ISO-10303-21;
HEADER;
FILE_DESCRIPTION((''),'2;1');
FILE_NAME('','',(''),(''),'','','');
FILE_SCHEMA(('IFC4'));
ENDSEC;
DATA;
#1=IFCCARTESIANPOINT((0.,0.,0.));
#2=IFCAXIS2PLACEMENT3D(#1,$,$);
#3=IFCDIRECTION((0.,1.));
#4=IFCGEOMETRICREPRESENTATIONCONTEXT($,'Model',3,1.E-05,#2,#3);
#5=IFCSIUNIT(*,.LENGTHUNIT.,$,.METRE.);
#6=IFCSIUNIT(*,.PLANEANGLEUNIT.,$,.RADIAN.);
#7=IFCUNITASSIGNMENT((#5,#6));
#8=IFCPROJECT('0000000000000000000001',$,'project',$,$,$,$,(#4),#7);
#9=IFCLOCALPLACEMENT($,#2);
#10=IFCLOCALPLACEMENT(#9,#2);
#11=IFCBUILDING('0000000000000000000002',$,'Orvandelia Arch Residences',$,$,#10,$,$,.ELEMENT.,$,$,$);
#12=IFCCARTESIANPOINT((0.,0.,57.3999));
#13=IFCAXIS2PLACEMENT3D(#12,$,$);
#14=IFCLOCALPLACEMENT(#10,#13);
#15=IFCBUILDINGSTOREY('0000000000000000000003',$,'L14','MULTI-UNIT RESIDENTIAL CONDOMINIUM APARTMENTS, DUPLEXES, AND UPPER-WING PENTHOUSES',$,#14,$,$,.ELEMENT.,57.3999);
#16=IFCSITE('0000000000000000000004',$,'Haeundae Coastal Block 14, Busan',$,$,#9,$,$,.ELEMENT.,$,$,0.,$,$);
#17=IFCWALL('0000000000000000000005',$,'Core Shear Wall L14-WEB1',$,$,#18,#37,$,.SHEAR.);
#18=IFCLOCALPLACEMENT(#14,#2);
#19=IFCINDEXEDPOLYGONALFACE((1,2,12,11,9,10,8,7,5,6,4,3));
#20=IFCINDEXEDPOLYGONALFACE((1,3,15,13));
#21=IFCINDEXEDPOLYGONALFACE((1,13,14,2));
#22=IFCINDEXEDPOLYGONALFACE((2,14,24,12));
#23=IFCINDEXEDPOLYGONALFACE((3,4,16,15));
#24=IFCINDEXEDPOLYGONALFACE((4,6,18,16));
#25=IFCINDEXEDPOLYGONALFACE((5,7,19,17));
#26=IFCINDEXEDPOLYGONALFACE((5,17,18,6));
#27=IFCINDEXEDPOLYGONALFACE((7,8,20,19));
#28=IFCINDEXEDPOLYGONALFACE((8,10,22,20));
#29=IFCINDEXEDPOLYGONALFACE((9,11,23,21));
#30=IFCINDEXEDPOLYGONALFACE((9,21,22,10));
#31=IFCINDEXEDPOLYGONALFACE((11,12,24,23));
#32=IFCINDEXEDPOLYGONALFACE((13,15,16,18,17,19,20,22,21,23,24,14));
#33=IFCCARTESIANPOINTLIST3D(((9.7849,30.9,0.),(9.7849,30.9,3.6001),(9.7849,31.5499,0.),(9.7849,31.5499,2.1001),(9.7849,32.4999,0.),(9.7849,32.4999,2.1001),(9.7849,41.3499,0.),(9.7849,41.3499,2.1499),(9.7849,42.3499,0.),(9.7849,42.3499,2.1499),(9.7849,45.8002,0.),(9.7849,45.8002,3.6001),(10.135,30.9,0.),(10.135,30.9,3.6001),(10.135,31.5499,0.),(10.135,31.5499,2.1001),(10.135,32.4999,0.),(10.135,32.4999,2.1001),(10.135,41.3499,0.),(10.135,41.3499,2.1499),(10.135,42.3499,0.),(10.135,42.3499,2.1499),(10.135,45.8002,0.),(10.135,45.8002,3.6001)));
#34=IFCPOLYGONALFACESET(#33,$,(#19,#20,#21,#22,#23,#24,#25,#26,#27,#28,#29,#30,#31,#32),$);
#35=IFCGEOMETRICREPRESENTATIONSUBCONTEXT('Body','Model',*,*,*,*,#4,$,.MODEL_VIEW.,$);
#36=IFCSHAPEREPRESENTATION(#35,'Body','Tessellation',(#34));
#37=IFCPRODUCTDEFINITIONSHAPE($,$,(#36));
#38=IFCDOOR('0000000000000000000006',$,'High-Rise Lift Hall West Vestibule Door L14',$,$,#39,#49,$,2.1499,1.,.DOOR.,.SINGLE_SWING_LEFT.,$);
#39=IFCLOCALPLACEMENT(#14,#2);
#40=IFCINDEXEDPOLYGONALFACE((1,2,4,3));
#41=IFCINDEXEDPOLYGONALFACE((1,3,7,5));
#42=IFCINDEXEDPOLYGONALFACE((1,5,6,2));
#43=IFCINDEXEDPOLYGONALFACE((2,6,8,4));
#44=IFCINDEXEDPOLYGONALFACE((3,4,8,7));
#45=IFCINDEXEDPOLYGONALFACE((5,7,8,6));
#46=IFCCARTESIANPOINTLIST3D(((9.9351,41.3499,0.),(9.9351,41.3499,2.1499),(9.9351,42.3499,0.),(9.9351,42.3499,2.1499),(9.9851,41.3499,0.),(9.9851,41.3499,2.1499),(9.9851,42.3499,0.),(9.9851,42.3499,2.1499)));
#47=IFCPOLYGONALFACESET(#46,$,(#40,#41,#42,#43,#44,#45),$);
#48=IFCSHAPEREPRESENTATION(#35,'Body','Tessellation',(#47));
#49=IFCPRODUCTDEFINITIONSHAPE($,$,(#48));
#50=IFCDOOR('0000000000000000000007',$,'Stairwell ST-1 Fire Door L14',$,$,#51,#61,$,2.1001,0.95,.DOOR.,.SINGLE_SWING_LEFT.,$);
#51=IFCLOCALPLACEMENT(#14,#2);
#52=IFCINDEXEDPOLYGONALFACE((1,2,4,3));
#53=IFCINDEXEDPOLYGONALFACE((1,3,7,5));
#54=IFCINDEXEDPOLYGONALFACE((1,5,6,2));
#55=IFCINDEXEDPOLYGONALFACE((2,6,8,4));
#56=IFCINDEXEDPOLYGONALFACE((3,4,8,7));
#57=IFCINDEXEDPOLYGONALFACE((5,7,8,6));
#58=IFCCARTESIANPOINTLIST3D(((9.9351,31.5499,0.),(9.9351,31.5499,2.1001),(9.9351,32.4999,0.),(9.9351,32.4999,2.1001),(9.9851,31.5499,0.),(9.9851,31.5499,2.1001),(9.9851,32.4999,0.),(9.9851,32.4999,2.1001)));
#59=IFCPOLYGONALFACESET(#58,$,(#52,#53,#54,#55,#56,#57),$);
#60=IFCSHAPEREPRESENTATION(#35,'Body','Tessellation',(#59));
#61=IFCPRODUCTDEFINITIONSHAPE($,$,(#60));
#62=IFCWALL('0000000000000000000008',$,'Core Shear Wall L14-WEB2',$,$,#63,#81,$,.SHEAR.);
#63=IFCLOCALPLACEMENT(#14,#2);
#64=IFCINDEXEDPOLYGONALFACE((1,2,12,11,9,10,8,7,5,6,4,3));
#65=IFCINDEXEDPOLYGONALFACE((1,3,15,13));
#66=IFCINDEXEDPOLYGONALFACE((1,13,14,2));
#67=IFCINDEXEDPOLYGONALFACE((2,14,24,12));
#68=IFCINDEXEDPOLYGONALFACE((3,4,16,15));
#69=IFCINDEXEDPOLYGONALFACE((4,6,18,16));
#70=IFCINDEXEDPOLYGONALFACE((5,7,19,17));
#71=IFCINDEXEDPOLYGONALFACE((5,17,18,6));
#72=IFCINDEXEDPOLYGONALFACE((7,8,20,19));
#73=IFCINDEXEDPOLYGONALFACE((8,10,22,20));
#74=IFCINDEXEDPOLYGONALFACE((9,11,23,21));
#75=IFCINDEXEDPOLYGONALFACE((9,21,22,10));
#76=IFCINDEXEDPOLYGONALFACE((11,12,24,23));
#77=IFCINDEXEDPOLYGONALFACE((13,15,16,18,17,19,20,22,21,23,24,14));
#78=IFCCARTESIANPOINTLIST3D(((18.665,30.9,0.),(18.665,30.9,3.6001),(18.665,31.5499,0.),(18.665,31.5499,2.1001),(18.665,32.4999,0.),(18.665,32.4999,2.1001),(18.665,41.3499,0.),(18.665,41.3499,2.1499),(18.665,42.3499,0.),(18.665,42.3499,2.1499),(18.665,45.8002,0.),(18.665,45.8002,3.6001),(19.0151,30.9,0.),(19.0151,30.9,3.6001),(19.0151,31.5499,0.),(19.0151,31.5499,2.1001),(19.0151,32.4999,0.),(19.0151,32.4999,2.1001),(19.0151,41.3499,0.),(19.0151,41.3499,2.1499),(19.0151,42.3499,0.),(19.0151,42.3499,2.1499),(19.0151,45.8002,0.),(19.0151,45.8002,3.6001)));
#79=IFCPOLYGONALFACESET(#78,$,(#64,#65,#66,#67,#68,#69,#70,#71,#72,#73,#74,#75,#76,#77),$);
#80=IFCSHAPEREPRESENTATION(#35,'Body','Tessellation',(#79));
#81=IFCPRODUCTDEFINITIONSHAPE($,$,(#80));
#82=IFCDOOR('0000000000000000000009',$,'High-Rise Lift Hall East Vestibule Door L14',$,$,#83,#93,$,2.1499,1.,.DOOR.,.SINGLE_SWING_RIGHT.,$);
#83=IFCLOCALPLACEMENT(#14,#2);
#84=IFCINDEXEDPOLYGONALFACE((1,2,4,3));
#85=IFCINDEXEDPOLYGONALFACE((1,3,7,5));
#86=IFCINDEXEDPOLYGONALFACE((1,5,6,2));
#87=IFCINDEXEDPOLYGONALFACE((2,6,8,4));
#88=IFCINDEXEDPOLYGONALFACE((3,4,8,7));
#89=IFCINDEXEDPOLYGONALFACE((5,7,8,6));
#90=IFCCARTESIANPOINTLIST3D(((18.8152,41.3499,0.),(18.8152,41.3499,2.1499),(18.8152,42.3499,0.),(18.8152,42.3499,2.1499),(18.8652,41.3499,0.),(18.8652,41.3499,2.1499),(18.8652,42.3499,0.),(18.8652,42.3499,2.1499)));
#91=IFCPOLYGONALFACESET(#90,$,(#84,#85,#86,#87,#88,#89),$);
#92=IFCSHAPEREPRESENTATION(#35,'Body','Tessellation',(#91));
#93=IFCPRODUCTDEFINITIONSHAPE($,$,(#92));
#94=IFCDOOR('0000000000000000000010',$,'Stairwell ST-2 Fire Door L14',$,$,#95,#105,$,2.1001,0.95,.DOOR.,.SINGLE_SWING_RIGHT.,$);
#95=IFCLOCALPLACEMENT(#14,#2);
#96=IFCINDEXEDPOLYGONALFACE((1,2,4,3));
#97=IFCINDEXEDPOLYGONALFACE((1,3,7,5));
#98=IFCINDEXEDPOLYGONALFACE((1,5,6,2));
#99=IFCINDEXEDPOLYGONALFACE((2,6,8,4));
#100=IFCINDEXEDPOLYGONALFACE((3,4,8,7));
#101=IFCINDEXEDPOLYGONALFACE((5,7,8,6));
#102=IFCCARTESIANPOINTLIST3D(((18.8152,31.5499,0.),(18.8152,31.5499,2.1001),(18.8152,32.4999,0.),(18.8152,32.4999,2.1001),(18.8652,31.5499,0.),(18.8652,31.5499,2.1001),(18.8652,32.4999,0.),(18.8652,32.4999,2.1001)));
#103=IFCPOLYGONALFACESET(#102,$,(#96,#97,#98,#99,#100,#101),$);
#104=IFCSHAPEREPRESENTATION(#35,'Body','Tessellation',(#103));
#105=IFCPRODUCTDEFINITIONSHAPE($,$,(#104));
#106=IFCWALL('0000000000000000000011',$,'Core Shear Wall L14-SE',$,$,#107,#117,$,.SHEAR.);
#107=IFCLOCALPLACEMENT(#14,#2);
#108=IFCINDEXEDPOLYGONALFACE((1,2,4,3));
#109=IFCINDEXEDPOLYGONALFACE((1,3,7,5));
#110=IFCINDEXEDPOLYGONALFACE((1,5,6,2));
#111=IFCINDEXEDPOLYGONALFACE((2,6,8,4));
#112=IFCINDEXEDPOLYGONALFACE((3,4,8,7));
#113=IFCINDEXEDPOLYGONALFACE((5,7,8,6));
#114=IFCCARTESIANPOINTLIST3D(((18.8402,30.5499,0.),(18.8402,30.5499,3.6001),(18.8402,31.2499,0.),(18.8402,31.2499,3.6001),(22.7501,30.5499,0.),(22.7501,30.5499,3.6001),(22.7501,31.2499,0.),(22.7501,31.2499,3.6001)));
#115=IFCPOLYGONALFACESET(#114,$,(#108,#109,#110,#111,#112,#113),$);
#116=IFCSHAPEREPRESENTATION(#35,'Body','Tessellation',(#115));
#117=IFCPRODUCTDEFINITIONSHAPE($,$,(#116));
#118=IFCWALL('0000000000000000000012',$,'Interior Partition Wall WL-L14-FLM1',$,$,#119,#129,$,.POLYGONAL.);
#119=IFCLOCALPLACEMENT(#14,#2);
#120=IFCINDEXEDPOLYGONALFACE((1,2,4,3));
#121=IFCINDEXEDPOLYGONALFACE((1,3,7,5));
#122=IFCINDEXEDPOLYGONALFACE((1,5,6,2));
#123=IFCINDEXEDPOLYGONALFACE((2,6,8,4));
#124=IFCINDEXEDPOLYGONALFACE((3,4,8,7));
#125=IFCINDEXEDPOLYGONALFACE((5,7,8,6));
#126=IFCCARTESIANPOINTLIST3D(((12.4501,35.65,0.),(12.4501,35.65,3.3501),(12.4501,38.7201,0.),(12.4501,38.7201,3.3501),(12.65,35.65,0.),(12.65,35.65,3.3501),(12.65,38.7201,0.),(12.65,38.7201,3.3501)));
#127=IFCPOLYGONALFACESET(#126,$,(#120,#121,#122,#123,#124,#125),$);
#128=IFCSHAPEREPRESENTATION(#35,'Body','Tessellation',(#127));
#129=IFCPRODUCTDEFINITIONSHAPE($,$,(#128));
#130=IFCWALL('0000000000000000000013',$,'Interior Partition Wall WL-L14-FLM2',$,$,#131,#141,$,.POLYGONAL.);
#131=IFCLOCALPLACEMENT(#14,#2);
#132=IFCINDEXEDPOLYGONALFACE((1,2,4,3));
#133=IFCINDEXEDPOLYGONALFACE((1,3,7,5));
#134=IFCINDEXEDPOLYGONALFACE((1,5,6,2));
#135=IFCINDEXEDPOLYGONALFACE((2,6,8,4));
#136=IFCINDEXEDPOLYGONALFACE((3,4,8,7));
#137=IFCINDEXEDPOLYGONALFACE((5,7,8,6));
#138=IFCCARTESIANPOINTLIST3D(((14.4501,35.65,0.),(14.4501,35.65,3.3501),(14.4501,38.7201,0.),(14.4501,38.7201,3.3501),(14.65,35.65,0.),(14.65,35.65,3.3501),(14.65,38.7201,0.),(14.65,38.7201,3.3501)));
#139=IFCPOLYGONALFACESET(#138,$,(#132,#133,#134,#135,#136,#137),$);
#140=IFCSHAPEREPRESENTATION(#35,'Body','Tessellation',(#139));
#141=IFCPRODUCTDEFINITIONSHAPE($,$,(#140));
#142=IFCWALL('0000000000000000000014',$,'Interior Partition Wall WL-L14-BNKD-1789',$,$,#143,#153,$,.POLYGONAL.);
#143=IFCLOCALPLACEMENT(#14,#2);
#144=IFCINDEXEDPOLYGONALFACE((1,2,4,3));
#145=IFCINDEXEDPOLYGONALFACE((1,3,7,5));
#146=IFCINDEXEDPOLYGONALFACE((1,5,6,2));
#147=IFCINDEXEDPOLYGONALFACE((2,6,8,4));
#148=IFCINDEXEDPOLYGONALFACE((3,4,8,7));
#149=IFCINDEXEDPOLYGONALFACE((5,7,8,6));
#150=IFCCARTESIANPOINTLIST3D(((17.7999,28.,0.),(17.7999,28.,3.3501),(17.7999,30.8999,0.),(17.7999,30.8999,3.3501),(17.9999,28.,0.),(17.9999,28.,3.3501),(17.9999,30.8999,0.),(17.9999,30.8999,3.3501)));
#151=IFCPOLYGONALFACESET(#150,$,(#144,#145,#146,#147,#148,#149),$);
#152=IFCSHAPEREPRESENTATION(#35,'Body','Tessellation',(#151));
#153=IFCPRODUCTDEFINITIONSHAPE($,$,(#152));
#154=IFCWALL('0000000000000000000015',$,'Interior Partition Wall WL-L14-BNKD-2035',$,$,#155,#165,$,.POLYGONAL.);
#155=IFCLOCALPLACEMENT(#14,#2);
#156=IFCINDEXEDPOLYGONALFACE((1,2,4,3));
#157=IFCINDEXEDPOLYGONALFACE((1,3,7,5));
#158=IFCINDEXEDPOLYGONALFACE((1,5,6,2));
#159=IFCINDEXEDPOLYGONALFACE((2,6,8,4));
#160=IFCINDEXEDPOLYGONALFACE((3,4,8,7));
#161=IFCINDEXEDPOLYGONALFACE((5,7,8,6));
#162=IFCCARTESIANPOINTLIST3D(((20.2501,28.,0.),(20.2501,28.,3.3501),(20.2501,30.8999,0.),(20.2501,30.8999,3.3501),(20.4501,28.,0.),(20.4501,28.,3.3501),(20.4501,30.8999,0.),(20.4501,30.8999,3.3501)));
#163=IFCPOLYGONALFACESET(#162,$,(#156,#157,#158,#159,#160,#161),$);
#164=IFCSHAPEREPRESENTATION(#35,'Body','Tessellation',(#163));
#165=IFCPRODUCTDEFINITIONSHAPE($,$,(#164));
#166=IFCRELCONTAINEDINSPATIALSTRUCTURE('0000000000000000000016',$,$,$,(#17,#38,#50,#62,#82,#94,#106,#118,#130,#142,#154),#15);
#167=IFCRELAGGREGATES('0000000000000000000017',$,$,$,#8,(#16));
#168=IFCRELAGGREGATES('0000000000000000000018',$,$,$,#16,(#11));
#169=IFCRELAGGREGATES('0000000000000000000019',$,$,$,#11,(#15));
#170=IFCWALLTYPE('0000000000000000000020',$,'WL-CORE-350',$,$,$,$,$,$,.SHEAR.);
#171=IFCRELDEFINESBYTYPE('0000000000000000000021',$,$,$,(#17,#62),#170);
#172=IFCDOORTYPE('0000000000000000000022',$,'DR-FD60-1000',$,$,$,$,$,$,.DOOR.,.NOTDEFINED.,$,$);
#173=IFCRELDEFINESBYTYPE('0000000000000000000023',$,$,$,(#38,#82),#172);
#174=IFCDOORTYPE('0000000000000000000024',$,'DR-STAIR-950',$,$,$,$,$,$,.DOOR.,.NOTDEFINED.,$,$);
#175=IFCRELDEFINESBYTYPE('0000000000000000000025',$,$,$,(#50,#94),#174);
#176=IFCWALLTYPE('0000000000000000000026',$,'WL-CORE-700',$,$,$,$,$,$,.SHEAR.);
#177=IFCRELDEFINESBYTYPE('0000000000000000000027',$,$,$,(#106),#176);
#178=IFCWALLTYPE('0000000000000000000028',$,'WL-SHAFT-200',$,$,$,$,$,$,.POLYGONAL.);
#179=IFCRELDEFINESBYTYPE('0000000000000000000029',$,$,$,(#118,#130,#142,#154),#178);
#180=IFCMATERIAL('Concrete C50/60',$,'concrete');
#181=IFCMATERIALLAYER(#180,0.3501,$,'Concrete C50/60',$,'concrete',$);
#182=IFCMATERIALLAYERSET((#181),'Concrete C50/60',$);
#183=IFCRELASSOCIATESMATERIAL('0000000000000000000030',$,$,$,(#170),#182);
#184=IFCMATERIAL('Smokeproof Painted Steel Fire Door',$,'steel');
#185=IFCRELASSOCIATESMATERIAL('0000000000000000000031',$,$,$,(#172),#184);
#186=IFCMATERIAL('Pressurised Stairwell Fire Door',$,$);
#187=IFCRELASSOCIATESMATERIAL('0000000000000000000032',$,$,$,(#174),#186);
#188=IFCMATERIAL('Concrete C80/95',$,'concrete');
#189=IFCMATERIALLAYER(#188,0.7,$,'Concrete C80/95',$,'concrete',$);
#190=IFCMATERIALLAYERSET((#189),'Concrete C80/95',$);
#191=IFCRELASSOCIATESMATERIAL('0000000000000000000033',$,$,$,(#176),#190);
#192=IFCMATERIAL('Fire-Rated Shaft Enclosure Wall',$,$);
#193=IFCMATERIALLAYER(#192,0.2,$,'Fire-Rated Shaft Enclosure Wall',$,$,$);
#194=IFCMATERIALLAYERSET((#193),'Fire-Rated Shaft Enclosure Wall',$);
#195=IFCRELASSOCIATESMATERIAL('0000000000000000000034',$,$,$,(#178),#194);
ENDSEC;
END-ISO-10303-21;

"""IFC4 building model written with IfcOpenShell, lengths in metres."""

from ifc_helpers import new_model, si_unit, direction, frame, frame_2d, origin, place, context, subcontext, project, spatial, rectangle, extrude, material, layer, layer_set, type_object, element, fill, save


model = new_model("IFC4")

# Units and contexts
model_context = context("Model", 3, precision=1e-05, world=origin(), true_north=direction((0.0, 1.0)))
body_context = subcontext(model_context, "Body", "Model", "MODEL_VIEW")
ifc_project = project(units=[si_unit("LENGTHUNIT", "METRE"), si_unit("PLANEANGLEUNIT", "RADIAN")], contexts=[model_context])

# Site, building, storey
site_placement = place(None, origin())
site = spatial("IfcSite", under=ifc_project, at=site_placement, Name="Haeundae Coastal Block 14, Busan", CompositionType="ELEMENT", RefElevation=0.0)
building_placement = place(site_placement, origin())
building = spatial("IfcBuilding", under=site, at=building_placement, Name="Orvandelia Arch Residences", CompositionType="ELEMENT")
storey_placement = place(building_placement, frame((0.0, 0.0, 57.3999)))
storey = spatial("IfcBuildingStorey", under=building, at=storey_placement, Name="L14", Description="MULTI-UNIT RESIDENTIAL CONDOMINIUM APARTMENTS, DUPLEXES, AND UPPER-WING PENTHOUSES", CompositionType="ELEMENT", Elevation=57.3999)

# Walls, openings, doors
ifc_material_1 = material(Name="Concrete C50/60", Category="concrete")
ifc_layer_1 = layer(ifc_material_1, 0.3501, Name="Concrete C50/60", Category="concrete")
ifc_layer_set_1 = layer_set([ifc_layer_1], Name="Concrete C50/60")
wall_type_1 = type_object("IfcWallType", Name="WL-CORE-350", PredefinedType="SHEAR", material=ifc_layer_set_1)
wall_1_placement = place(storey_placement, frame((9.96, 30.8999, 0.0), z_axis=(0.0, 0.0, 1.0), x_axis=(0.0, 1.0, 0.0)))
wall_1 = element("IfcWall", 1, at=wall_1_placement, inside=storey, type_object=wall_type_1, Name="Core Shear Wall L14-WEB1", PredefinedType="SHEAR", context=body_context, shape_type="SweptSolid", body=[
    extrude(rectangle(XDim=14.9001, YDim=0.3501, at=frame_2d((7.4502, 0.0))), origin(), (0.0, 0.0, 1.0), 3.6001),
])
opening_1_placement = place(wall_1_placement, frame((0.6499, 0.0, 0.0)))
opening_1 = element("IfcOpeningElement", 2, at=opening_1_placement, cuts=wall_1, PredefinedType="OPENING", context=body_context, shape_type="SweptSolid", body=[
    extrude(rectangle(XDim=0.95, YDim=2.1001, at=frame_2d((0.4751, 1.05))), frame((0.0, 0.1851, 0.0), z_axis=(0.0, -1.0, 0.0), x_axis=(1.0, 0.0, 0.0)), (0.0, 0.0, 1.0), 0.3701),
])
opening_2_placement = place(wall_1_placement, frame((10.45, 0.0, 0.0)))
opening_2 = element("IfcOpeningElement", 3, at=opening_2_placement, cuts=wall_1, PredefinedType="OPENING", context=body_context, shape_type="SweptSolid", body=[
    extrude(rectangle(XDim=1.0, YDim=2.1499, at=frame_2d((0.5, 1.075))), frame((0.0, 0.1851, 0.0), z_axis=(0.0, -1.0, 0.0), x_axis=(1.0, 0.0, 0.0)), (0.0, 0.0, 1.0), 0.3701),
])
ifc_material_2 = material(Name="Smokeproof Painted Steel Fire Door", Category="steel")
door_type_1 = type_object("IfcDoorType", Name="DR-FD60-1000", OperationType="NOTDEFINED", PredefinedType="DOOR", material=ifc_material_2)
door_1_placement = place(opening_2_placement, origin())
door_1 = element("IfcDoor", 4, at=door_1_placement, inside=storey, type_object=door_type_1, Name="High-Rise Lift Hall West Vestibule Door L14", OperationType="SINGLE_SWING_LEFT", OverallHeight=2.1499, OverallWidth=1.0, PredefinedType="DOOR", context=body_context, shape_type="SweptSolid", body=[
    extrude(rectangle(XDim=1.0, YDim=2.1499, at=frame_2d((0.5, 1.075))), frame((0.0, 0.0249, 0.0), z_axis=(0.0, -1.0, 0.0), x_axis=(1.0, 0.0, 0.0)), (0.0, 0.0, 1.0), 0.05),
])
fill(opening_2, door_1)
ifc_material_3 = material(Name="Pressurised Stairwell Fire Door")
door_type_2 = type_object("IfcDoorType", Name="DR-STAIR-950", OperationType="NOTDEFINED", PredefinedType="DOOR", material=ifc_material_3)
door_2_placement = place(opening_1_placement, origin())
door_2 = element("IfcDoor", 5, at=door_2_placement, inside=storey, type_object=door_type_2, Name="Stairwell ST-1 Fire Door L14", OperationType="SINGLE_SWING_LEFT", OverallHeight=2.1001, OverallWidth=0.95, PredefinedType="DOOR", context=body_context, shape_type="SweptSolid", body=[
    extrude(rectangle(XDim=0.95, YDim=2.1001, at=frame_2d((0.4751, 1.05))), frame((0.0, 0.0249, 0.0), z_axis=(0.0, -1.0, 0.0), x_axis=(1.0, 0.0, 0.0)), (0.0, 0.0, 1.0), 0.05),
])
fill(opening_1, door_2)
wall_2_placement = place(storey_placement, frame((18.8401, 30.8999, 0.0), z_axis=(0.0, 0.0, 1.0), x_axis=(0.0, 1.0, 0.0)))
wall_2 = element("IfcWall", 6, at=wall_2_placement, inside=storey, type_object=wall_type_1, Name="Core Shear Wall L14-WEB2", PredefinedType="SHEAR", context=body_context, shape_type="SweptSolid", body=[
    extrude(rectangle(XDim=14.9001, YDim=0.3501, at=frame_2d((7.4502, 0.0))), origin(), (0.0, 0.0, 1.0), 3.6001),
])
opening_3_placement = place(wall_2_placement, frame((0.6499, 0.0, 0.0)))
opening_3 = element("IfcOpeningElement", 7, at=opening_3_placement, cuts=wall_2, PredefinedType="OPENING", context=body_context, shape_type="SweptSolid", body=[
    extrude(rectangle(XDim=0.95, YDim=2.1001, at=frame_2d((0.4751, 1.05))), frame((0.0, 0.1851, 0.0), z_axis=(0.0, -1.0, 0.0), x_axis=(1.0, 0.0, 0.0)), (0.0, 0.0, 1.0), 0.3701),
])
opening_4_placement = place(wall_2_placement, frame((10.45, 0.0, 0.0)))
opening_4 = element("IfcOpeningElement", 8, at=opening_4_placement, cuts=wall_2, PredefinedType="OPENING", context=body_context, shape_type="SweptSolid", body=[
    extrude(rectangle(XDim=1.0, YDim=2.1499, at=frame_2d((0.5, 1.075))), frame((0.0, 0.1851, 0.0), z_axis=(0.0, -1.0, 0.0), x_axis=(1.0, 0.0, 0.0)), (0.0, 0.0, 1.0), 0.3701),
])
door_3_placement = place(opening_4_placement, origin())
door_3 = element("IfcDoor", 9, at=door_3_placement, inside=storey, type_object=door_type_1, Name="High-Rise Lift Hall East Vestibule Door L14", OperationType="SINGLE_SWING_RIGHT", OverallHeight=2.1499, OverallWidth=1.0, PredefinedType="DOOR", context=body_context, shape_type="SweptSolid", body=[
    extrude(rectangle(XDim=1.0, YDim=2.1499, at=frame_2d((0.5, 1.075))), frame((0.0, 0.0249, 0.0), z_axis=(0.0, -1.0, 0.0), x_axis=(1.0, 0.0, 0.0)), (0.0, 0.0, 1.0), 0.05),
])
fill(opening_4, door_3)
door_4_placement = place(opening_3_placement, origin())
door_4 = element("IfcDoor", 10, at=door_4_placement, inside=storey, type_object=door_type_2, Name="Stairwell ST-2 Fire Door L14", OperationType="SINGLE_SWING_RIGHT", OverallHeight=2.1001, OverallWidth=0.95, PredefinedType="DOOR", context=body_context, shape_type="SweptSolid", body=[
    extrude(rectangle(XDim=0.95, YDim=2.1001, at=frame_2d((0.4751, 1.05))), frame((0.0, 0.0249, 0.0), z_axis=(0.0, -1.0, 0.0), x_axis=(1.0, 0.0, 0.0)), (0.0, 0.0, 1.0), 0.05),
])
fill(opening_3, door_4)

# Shared definitions
ifc_material_4 = material(Name="Concrete C80/95", Category="concrete")
ifc_layer_2 = layer(ifc_material_4, 0.7, Name="Concrete C80/95", Category="concrete")
ifc_layer_set_2 = layer_set([ifc_layer_2], Name="Concrete C80/95")
wall_type_2 = type_object("IfcWallType", Name="WL-CORE-700", PredefinedType="SHEAR", material=ifc_layer_set_2)

# Walls
wall_3_placement = place(storey_placement, frame((18.8401, 30.8999, 0.0), z_axis=(0.0, 0.0, 1.0), x_axis=(1.0, 0.0, 0.0)))
element("IfcWall", 11, at=wall_3_placement, inside=storey, type_object=wall_type_2, Name="Core Shear Wall L14-SE", PredefinedType="SHEAR", context=body_context, shape_type="SweptSolid", body=[
    extrude(rectangle(XDim=3.9099, YDim=0.7, at=frame_2d((1.9551, 0.0))), origin(), (0.0, 0.0, 1.0), 3.6001),
])
ifc_material_5 = material(Name="Fire-Rated Shaft Enclosure Wall")
ifc_layer_3 = layer(ifc_material_5, 0.2, Name="Fire-Rated Shaft Enclosure Wall")
ifc_layer_set_3 = layer_set([ifc_layer_3], Name="Fire-Rated Shaft Enclosure Wall")
wall_type_3 = type_object("IfcWallType", Name="WL-SHAFT-200", PredefinedType="POLYGONAL", material=ifc_layer_set_3)
for number, where, z_axis, x_axis, name in (
    (12, (12.55, 35.6499, 0.0), (0.0, 0.0, 1.0), (0.0, 1.0, 0.0), "Interior Partition Wall WL-L14-FLM1"),
    (13, (14.55, 35.6499, 0.0), (0.0, 0.0, 1.0), (0.0, 1.0, 0.0), "Interior Partition Wall WL-L14-FLM2"),
):
    element("IfcWall", number, at=place(storey_placement, frame(where, z_axis=z_axis, x_axis=x_axis)), inside=storey, type_object=wall_type_3, Name=name, PredefinedType="POLYGONAL", context=body_context, shape_type="SweptSolid", body=[
        extrude(rectangle(XDim=3.0701, YDim=0.2, at=frame_2d((1.5352, 0.0))), origin(), (0.0, 0.0, 1.0), 3.3501),
    ])
for number, where, z_axis, x_axis, name in (
    (14, (17.8999, 28.0, 0.0), (0.0, 0.0, 1.0), (0.0, 1.0, 0.0), "Interior Partition Wall WL-L14-BNKD-1789"),
    (15, (20.3501, 28.0, 0.0), (0.0, 0.0, 1.0), (0.0, 1.0, 0.0), "Interior Partition Wall WL-L14-BNKD-2035"),
):
    element("IfcWall", number, at=place(storey_placement, frame(where, z_axis=z_axis, x_axis=x_axis)), inside=storey, type_object=wall_type_3, Name=name, PredefinedType="POLYGONAL", context=body_context, shape_type="SweptSolid", body=[
        extrude(rectangle(XDim=2.8999, YDim=0.2, at=frame_2d((1.45, 0.0))), origin(), (0.0, 0.0, 1.0), 3.3501),
    ])

save(model, "model.ifc")
